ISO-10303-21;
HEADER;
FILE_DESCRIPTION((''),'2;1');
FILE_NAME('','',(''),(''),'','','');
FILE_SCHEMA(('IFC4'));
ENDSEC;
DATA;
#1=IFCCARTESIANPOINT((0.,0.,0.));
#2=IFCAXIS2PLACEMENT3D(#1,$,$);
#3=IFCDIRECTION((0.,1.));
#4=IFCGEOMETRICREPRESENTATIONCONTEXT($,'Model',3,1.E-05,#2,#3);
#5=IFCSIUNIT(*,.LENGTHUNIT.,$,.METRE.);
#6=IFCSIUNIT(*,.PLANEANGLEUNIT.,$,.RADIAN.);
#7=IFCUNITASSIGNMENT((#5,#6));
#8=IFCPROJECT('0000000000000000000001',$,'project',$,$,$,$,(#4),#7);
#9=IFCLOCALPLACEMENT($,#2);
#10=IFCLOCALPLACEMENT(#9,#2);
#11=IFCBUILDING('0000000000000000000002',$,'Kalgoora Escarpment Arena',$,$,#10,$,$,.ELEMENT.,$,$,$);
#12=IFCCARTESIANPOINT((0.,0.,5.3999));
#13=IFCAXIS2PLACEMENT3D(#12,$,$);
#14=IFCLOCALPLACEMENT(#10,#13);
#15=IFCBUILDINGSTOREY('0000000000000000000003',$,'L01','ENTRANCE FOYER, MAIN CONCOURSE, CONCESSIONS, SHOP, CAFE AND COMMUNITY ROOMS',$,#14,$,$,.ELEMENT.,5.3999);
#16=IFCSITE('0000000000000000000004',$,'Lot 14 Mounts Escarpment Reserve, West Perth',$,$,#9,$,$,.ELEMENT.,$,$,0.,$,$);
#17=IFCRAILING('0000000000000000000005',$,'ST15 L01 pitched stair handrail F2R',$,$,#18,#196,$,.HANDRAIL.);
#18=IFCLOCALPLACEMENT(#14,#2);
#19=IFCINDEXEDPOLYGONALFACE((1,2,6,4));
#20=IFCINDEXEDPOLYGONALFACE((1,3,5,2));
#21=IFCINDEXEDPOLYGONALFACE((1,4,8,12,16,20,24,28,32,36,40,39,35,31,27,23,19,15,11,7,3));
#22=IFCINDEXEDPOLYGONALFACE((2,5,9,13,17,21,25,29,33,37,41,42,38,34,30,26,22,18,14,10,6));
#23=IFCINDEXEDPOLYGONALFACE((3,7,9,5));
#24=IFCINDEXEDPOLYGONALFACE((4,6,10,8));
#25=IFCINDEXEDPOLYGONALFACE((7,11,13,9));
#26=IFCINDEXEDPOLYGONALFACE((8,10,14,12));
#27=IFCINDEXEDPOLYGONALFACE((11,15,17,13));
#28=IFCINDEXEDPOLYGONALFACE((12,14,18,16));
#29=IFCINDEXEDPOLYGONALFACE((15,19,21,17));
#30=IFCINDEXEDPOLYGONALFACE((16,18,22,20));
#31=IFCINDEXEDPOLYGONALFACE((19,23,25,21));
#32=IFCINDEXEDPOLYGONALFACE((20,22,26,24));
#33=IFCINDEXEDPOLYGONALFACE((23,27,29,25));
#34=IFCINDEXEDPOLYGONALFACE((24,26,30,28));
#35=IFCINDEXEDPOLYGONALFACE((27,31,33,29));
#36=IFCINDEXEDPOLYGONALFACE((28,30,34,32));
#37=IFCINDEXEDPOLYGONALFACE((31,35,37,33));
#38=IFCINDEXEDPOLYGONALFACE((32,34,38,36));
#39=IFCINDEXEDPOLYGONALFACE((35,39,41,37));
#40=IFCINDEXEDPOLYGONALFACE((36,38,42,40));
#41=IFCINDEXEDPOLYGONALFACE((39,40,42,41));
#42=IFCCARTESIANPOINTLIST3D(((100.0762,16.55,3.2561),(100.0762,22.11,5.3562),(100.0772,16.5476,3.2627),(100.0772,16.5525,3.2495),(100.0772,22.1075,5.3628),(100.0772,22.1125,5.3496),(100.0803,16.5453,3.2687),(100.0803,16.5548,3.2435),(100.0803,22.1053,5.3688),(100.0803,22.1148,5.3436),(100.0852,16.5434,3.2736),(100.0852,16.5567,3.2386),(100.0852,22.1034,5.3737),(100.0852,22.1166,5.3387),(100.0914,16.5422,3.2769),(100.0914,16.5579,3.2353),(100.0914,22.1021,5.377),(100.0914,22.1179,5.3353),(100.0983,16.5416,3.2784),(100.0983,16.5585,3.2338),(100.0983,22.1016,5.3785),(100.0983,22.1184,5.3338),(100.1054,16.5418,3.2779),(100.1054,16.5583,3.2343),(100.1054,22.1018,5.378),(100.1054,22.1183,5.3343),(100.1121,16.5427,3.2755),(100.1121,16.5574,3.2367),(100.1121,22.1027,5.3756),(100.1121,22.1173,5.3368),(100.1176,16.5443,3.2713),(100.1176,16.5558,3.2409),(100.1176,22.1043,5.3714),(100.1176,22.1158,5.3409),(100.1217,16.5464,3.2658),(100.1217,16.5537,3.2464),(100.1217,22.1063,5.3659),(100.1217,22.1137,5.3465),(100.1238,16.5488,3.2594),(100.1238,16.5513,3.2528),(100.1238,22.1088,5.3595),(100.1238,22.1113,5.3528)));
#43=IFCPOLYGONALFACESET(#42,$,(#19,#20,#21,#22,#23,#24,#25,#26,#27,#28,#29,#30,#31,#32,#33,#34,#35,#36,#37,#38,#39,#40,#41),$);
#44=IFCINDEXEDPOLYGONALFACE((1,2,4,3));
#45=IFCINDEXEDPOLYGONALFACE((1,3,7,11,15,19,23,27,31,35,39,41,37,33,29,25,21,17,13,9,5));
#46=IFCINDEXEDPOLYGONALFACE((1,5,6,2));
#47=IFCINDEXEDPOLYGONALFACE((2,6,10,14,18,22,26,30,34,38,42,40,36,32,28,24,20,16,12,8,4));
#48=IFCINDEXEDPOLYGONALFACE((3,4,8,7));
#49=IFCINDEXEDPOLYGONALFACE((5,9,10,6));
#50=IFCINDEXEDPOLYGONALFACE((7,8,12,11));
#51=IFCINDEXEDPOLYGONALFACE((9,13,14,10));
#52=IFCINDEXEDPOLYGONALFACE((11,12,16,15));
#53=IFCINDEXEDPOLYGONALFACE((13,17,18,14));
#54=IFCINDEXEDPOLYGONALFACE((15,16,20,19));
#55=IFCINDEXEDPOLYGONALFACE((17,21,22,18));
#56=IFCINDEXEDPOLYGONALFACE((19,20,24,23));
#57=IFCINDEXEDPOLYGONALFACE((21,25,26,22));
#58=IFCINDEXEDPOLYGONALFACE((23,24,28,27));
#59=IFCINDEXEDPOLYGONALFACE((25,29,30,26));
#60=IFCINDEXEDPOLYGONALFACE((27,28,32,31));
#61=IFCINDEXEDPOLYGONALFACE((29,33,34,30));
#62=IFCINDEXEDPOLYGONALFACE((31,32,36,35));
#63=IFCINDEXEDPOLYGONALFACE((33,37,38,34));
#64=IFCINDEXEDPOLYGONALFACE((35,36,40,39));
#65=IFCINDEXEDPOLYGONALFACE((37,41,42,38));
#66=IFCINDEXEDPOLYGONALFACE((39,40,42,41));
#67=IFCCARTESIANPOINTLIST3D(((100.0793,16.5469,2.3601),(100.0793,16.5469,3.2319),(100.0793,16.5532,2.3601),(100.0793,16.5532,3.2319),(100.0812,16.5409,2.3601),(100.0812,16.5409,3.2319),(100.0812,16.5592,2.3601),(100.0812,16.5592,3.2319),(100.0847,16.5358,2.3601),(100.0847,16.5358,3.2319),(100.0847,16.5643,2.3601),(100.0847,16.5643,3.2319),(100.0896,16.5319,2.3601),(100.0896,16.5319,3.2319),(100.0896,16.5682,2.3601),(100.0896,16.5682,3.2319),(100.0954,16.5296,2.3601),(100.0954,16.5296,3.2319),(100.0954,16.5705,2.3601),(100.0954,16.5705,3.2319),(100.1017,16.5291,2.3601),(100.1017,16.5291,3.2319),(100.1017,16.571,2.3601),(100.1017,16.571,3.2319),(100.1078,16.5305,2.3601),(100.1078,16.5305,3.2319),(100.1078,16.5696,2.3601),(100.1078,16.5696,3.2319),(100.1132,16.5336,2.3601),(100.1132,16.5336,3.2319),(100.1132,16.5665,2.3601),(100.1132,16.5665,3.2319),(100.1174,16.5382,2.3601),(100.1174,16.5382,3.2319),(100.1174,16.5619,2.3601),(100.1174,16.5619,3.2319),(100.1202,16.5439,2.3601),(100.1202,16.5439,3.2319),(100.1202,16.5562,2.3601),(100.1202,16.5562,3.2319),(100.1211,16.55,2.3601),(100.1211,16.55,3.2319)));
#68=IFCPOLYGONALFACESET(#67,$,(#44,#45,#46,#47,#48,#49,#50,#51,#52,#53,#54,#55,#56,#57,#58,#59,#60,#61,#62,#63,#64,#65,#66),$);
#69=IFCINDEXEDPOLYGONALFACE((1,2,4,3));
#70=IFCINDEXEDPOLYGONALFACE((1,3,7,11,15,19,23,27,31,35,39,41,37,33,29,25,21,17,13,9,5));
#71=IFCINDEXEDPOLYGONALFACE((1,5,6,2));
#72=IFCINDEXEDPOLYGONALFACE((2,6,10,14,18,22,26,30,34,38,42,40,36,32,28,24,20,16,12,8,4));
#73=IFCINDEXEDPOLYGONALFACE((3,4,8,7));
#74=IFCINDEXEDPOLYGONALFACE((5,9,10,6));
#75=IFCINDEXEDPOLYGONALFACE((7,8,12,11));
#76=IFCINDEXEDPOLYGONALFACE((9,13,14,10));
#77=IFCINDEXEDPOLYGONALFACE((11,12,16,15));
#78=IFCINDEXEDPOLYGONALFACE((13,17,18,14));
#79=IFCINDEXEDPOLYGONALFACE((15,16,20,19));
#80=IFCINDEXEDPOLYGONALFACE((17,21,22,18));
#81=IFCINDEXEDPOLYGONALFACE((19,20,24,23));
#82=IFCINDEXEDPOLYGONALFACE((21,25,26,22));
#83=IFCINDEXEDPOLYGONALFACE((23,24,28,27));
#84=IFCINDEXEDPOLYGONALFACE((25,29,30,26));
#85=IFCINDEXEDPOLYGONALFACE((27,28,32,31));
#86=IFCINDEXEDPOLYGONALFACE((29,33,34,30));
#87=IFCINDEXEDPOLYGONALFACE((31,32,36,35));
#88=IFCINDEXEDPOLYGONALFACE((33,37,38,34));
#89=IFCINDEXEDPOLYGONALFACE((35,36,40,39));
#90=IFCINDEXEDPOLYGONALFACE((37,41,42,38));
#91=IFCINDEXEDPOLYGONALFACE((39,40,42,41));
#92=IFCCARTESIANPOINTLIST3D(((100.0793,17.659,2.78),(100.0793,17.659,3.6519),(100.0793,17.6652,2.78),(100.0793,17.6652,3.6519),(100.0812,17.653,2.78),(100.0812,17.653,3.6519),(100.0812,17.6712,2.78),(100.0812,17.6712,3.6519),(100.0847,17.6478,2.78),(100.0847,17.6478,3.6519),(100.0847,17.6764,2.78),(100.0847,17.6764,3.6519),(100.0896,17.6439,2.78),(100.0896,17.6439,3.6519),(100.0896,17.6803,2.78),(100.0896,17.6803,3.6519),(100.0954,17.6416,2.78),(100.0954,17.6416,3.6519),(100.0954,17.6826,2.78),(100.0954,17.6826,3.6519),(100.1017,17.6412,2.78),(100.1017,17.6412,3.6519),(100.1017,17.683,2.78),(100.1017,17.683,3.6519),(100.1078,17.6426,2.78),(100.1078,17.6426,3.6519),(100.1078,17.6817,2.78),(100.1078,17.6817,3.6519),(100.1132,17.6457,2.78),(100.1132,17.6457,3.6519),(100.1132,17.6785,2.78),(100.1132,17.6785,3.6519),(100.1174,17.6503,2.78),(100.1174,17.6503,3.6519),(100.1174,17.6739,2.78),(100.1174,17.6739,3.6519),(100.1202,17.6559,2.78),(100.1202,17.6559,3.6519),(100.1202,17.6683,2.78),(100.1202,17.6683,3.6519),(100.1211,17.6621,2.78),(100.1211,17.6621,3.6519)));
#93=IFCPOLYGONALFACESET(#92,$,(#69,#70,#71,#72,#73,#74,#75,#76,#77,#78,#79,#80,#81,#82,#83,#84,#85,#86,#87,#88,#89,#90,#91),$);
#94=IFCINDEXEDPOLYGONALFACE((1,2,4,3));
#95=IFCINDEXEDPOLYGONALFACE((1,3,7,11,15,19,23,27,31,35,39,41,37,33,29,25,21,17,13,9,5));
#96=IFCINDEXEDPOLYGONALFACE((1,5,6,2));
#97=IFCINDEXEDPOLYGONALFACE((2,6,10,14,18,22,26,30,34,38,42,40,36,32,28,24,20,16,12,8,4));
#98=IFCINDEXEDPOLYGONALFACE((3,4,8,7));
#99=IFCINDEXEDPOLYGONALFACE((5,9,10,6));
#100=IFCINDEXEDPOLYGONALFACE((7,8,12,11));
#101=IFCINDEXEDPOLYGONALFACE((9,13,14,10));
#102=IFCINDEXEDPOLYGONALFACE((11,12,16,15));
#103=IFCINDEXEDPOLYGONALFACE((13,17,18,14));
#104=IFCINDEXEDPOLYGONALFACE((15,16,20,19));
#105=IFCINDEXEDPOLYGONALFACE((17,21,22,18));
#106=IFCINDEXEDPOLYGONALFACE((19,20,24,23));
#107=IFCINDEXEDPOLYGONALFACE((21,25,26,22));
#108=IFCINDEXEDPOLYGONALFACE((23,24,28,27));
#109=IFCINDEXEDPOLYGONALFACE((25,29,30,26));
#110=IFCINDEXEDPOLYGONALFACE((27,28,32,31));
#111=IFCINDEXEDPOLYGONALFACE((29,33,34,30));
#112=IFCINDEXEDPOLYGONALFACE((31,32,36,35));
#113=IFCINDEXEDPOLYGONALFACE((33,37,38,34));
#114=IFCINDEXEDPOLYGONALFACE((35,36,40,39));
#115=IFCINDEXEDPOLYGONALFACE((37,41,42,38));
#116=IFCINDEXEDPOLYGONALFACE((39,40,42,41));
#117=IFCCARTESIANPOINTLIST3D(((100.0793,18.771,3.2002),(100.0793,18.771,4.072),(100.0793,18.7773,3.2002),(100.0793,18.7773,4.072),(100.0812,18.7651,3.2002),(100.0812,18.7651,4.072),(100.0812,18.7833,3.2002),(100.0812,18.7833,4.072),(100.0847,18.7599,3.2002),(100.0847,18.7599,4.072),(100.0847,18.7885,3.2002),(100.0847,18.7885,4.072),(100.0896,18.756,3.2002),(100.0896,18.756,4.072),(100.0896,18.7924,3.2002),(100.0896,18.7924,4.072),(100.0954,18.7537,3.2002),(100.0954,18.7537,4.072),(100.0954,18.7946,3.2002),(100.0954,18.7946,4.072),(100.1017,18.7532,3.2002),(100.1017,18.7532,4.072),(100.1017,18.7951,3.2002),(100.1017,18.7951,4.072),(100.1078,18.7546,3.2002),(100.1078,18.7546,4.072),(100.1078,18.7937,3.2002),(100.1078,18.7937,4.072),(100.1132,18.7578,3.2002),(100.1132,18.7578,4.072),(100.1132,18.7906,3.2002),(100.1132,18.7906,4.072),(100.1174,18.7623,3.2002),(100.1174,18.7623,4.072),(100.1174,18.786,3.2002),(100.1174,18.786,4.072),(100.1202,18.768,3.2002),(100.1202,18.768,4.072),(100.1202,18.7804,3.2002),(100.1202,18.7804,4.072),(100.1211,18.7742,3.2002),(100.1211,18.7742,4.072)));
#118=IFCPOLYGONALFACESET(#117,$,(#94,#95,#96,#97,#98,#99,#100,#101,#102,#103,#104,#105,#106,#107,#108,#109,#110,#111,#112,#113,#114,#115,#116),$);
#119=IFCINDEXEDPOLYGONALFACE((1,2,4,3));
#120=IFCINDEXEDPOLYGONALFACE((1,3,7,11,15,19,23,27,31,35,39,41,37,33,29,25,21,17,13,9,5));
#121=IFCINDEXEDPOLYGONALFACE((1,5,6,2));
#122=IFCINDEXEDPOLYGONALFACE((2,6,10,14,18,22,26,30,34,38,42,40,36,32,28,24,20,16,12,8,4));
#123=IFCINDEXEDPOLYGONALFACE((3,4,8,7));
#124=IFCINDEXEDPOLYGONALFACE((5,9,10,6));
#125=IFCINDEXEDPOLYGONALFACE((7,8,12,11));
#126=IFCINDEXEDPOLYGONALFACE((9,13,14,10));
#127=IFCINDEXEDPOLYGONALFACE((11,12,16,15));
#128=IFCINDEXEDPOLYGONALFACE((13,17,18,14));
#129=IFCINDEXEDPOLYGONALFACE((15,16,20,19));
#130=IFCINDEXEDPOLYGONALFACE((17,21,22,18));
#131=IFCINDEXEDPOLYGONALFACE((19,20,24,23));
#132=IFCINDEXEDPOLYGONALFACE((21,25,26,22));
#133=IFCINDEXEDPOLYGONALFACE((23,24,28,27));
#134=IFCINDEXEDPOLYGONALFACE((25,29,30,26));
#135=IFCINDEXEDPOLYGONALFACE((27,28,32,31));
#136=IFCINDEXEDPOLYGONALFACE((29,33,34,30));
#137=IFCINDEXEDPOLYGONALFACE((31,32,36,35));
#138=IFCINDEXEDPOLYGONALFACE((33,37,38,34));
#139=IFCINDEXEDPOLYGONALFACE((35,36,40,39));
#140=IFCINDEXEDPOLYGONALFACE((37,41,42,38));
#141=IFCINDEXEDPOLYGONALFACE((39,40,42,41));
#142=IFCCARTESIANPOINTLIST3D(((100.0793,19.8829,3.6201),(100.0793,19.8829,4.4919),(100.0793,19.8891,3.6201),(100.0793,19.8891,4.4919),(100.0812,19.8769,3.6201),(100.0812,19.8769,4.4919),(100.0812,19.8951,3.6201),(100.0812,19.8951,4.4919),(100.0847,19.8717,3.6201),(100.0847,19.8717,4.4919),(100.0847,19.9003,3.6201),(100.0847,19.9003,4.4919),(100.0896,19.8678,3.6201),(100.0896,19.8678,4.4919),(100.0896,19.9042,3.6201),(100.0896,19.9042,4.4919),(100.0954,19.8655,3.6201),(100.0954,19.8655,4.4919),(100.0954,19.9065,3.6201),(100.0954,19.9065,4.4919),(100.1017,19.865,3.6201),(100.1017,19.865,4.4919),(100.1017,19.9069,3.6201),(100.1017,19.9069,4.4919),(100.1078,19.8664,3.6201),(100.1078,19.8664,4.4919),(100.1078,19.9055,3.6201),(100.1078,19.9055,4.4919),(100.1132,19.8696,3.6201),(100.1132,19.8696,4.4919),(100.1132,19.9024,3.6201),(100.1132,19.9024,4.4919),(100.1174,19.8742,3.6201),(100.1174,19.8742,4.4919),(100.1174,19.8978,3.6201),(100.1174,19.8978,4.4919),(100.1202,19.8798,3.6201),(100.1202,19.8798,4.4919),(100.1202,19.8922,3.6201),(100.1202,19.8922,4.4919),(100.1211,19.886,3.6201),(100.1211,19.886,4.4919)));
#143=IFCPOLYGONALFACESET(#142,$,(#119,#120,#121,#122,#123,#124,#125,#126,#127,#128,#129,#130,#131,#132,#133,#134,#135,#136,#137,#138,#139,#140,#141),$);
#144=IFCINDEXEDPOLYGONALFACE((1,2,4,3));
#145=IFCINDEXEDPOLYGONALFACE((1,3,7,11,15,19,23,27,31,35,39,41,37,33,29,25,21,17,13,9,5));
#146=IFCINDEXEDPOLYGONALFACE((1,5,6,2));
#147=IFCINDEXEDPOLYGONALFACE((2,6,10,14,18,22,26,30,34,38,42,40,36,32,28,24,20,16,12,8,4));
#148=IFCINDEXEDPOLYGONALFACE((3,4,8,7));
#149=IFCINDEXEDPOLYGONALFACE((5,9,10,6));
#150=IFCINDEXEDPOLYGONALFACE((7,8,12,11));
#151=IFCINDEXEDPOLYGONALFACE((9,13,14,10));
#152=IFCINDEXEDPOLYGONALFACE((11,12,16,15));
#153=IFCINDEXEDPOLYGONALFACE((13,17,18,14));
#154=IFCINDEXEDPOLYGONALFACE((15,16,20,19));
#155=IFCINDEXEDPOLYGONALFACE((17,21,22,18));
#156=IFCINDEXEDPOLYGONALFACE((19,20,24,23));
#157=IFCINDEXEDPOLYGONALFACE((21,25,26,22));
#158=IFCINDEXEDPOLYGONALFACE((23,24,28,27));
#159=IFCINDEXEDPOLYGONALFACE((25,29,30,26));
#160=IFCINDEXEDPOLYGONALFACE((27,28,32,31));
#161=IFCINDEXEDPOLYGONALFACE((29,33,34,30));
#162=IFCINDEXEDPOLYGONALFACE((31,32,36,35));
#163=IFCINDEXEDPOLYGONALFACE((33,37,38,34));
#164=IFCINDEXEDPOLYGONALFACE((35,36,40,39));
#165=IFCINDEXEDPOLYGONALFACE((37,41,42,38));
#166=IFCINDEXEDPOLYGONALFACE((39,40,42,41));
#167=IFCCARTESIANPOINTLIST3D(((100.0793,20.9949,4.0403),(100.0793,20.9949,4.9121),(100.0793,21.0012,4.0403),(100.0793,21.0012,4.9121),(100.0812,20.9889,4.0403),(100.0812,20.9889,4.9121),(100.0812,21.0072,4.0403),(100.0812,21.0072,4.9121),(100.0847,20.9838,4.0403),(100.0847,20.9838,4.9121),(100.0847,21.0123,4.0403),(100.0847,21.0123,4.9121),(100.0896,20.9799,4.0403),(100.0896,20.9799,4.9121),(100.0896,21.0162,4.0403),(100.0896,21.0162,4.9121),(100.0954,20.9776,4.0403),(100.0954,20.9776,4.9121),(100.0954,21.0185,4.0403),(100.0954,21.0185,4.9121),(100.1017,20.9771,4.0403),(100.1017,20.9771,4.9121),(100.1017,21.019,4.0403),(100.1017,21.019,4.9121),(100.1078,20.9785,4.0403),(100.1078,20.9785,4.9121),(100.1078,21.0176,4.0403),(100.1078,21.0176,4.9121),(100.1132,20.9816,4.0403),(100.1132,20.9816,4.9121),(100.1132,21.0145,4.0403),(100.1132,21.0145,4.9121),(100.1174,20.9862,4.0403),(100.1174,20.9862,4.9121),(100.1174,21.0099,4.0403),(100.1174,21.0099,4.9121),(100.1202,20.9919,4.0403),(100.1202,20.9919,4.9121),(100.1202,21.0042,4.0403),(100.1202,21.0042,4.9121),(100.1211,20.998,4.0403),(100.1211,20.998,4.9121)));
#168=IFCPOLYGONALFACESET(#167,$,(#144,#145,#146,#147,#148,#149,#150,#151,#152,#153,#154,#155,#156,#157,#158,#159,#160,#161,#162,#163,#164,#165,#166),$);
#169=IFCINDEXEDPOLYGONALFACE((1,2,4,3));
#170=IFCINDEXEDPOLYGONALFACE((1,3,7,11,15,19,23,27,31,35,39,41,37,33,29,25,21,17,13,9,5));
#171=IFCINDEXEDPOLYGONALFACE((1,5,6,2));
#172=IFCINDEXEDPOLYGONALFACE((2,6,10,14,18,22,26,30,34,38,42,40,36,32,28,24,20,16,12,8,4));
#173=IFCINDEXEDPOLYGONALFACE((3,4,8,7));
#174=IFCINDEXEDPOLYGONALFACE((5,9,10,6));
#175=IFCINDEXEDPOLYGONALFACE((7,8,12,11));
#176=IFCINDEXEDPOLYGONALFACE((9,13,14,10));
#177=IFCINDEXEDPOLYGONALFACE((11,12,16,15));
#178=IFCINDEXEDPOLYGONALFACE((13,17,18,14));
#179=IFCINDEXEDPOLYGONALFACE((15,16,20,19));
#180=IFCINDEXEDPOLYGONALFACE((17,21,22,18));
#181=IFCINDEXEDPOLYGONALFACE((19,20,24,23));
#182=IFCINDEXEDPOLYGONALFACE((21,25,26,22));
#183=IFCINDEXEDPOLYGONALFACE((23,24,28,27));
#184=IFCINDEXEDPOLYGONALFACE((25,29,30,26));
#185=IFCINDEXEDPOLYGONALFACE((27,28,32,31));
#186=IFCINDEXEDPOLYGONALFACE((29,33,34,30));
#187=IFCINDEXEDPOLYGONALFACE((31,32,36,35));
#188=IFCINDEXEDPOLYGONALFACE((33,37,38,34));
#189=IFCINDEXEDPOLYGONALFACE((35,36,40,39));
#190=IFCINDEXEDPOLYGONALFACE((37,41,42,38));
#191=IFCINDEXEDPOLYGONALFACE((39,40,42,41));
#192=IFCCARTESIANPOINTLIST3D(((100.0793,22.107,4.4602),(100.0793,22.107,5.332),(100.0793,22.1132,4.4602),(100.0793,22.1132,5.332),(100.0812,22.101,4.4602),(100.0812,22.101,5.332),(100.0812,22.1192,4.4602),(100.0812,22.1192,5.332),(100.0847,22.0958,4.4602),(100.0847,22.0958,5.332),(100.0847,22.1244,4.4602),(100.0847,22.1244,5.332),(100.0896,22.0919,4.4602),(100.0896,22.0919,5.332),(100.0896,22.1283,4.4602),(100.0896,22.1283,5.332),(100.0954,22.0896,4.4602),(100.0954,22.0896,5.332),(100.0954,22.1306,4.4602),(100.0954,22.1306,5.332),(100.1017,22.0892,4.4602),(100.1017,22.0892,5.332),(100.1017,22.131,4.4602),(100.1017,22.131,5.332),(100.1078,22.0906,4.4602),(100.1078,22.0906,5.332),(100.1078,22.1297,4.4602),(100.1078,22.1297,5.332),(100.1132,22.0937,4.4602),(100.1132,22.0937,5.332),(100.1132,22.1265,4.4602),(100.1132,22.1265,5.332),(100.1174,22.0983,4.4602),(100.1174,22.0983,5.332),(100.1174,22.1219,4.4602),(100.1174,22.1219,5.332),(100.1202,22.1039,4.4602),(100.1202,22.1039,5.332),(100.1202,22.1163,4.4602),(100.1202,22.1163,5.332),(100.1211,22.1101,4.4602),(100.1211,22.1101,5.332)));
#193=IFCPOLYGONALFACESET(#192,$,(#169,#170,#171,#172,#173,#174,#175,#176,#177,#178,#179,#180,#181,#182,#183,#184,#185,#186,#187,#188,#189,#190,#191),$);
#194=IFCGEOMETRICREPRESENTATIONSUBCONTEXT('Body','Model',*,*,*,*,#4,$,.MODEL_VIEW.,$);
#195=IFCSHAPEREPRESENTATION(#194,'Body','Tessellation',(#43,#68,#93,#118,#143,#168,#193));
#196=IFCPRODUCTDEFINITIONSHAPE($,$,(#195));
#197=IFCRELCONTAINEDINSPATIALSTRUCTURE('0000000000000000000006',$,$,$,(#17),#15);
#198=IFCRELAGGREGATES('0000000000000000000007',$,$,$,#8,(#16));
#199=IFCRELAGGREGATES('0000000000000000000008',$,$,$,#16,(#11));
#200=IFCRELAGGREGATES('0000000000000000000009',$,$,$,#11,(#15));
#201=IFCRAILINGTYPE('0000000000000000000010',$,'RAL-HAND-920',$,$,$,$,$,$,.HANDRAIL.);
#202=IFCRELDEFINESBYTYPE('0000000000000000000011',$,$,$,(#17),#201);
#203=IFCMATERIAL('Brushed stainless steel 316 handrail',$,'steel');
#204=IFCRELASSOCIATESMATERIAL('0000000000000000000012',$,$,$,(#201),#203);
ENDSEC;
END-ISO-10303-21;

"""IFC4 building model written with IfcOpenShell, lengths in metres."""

from ifc_helpers import new_model, si_unit, direction, frame, origin, origin_2d, place, context, subcontext, project, spatial, circle, extrude, material, type_object, element, save


model = new_model("IFC4")

# Units and contexts
model_context = context("Model", 3, precision=1e-05, world=origin(), true_north=direction((0.0, 1.0)))
body_context = subcontext(model_context, "Body", "Model", "MODEL_VIEW")
ifc_project = project(units=[si_unit("LENGTHUNIT", "METRE"), si_unit("PLANEANGLEUNIT", "RADIAN")], contexts=[model_context])

# Site, building, storey
site_placement = place(None, origin())
site = spatial("IfcSite", under=ifc_project, at=site_placement, Name="Lot 14 Mounts Escarpment Reserve, West Perth", CompositionType="ELEMENT", RefElevation=0.0)
building_placement = place(site_placement, origin())
building = spatial("IfcBuilding", under=site, at=building_placement, Name="Kalgoora Escarpment Arena", CompositionType="ELEMENT")
storey_placement = place(building_placement, frame((0.0, 0.0, 5.3999)))
storey = spatial("IfcBuildingStorey", under=building, at=storey_placement, Name="L01", Description="ENTRANCE FOYER, MAIN CONCOURSE, CONCESSIONS, SHOP, CAFE AND COMMUNITY ROOMS", CompositionType="ELEMENT", Elevation=5.3999)

# Railing
ifc_material_1 = material(Name="Brushed stainless steel 316 handrail", Category="steel")
railing_type_1 = type_object("IfcRailingType", Name="RAL-HAND-920", PredefinedType="HANDRAIL", material=ifc_material_1)
railing_1_placement = place(storey_placement, frame((100.1001, 16.55, 2.3601)))
element("IfcRailing", 1, at=railing_1_placement, inside=storey, type_object=railing_type_1, Name="ST15 L01 pitched stair handrail F2R", PredefinedType="HANDRAIL", context=body_context, shape_type="SweptSolid", body=[
    extrude(circle(Radius=0.0239, at=origin_2d()), frame((0.0, 0.0, 0.896), z_axis=(0.0, 0.935493, 0.353346), x_axis=(-1.0, 0.0, 0.0)), (0.0, 0.0, 1.0), 5.9434),
    extrude(circle(Radius=0.021, at=origin_2d()), origin(), (0.0, 0.0, 1.0), 0.8718),
    extrude(circle(Radius=0.021, at=origin_2d()), frame((0.0, 1.1121, 0.4199)), (0.0, 0.0, 1.0), 0.8718),
    extrude(circle(Radius=0.021, at=origin_2d()), frame((0.0, 2.2241, 0.8401)), (0.0, 0.0, 1.0), 0.8718),
    extrude(circle(Radius=0.021, at=origin_2d()), frame((0.0, 3.3359, 1.26)), (0.0, 0.0, 1.0), 0.8718),
    extrude(circle(Radius=0.021, at=origin_2d()), frame((0.0, 4.448, 1.6802)), (0.0, 0.0, 1.0), 0.8718),
    extrude(circle(Radius=0.021, at=origin_2d()), frame((0.0, 5.5601, 2.1001)), (0.0, 0.0, 1.0), 0.8718),
])

save(model, "model.ifc")
